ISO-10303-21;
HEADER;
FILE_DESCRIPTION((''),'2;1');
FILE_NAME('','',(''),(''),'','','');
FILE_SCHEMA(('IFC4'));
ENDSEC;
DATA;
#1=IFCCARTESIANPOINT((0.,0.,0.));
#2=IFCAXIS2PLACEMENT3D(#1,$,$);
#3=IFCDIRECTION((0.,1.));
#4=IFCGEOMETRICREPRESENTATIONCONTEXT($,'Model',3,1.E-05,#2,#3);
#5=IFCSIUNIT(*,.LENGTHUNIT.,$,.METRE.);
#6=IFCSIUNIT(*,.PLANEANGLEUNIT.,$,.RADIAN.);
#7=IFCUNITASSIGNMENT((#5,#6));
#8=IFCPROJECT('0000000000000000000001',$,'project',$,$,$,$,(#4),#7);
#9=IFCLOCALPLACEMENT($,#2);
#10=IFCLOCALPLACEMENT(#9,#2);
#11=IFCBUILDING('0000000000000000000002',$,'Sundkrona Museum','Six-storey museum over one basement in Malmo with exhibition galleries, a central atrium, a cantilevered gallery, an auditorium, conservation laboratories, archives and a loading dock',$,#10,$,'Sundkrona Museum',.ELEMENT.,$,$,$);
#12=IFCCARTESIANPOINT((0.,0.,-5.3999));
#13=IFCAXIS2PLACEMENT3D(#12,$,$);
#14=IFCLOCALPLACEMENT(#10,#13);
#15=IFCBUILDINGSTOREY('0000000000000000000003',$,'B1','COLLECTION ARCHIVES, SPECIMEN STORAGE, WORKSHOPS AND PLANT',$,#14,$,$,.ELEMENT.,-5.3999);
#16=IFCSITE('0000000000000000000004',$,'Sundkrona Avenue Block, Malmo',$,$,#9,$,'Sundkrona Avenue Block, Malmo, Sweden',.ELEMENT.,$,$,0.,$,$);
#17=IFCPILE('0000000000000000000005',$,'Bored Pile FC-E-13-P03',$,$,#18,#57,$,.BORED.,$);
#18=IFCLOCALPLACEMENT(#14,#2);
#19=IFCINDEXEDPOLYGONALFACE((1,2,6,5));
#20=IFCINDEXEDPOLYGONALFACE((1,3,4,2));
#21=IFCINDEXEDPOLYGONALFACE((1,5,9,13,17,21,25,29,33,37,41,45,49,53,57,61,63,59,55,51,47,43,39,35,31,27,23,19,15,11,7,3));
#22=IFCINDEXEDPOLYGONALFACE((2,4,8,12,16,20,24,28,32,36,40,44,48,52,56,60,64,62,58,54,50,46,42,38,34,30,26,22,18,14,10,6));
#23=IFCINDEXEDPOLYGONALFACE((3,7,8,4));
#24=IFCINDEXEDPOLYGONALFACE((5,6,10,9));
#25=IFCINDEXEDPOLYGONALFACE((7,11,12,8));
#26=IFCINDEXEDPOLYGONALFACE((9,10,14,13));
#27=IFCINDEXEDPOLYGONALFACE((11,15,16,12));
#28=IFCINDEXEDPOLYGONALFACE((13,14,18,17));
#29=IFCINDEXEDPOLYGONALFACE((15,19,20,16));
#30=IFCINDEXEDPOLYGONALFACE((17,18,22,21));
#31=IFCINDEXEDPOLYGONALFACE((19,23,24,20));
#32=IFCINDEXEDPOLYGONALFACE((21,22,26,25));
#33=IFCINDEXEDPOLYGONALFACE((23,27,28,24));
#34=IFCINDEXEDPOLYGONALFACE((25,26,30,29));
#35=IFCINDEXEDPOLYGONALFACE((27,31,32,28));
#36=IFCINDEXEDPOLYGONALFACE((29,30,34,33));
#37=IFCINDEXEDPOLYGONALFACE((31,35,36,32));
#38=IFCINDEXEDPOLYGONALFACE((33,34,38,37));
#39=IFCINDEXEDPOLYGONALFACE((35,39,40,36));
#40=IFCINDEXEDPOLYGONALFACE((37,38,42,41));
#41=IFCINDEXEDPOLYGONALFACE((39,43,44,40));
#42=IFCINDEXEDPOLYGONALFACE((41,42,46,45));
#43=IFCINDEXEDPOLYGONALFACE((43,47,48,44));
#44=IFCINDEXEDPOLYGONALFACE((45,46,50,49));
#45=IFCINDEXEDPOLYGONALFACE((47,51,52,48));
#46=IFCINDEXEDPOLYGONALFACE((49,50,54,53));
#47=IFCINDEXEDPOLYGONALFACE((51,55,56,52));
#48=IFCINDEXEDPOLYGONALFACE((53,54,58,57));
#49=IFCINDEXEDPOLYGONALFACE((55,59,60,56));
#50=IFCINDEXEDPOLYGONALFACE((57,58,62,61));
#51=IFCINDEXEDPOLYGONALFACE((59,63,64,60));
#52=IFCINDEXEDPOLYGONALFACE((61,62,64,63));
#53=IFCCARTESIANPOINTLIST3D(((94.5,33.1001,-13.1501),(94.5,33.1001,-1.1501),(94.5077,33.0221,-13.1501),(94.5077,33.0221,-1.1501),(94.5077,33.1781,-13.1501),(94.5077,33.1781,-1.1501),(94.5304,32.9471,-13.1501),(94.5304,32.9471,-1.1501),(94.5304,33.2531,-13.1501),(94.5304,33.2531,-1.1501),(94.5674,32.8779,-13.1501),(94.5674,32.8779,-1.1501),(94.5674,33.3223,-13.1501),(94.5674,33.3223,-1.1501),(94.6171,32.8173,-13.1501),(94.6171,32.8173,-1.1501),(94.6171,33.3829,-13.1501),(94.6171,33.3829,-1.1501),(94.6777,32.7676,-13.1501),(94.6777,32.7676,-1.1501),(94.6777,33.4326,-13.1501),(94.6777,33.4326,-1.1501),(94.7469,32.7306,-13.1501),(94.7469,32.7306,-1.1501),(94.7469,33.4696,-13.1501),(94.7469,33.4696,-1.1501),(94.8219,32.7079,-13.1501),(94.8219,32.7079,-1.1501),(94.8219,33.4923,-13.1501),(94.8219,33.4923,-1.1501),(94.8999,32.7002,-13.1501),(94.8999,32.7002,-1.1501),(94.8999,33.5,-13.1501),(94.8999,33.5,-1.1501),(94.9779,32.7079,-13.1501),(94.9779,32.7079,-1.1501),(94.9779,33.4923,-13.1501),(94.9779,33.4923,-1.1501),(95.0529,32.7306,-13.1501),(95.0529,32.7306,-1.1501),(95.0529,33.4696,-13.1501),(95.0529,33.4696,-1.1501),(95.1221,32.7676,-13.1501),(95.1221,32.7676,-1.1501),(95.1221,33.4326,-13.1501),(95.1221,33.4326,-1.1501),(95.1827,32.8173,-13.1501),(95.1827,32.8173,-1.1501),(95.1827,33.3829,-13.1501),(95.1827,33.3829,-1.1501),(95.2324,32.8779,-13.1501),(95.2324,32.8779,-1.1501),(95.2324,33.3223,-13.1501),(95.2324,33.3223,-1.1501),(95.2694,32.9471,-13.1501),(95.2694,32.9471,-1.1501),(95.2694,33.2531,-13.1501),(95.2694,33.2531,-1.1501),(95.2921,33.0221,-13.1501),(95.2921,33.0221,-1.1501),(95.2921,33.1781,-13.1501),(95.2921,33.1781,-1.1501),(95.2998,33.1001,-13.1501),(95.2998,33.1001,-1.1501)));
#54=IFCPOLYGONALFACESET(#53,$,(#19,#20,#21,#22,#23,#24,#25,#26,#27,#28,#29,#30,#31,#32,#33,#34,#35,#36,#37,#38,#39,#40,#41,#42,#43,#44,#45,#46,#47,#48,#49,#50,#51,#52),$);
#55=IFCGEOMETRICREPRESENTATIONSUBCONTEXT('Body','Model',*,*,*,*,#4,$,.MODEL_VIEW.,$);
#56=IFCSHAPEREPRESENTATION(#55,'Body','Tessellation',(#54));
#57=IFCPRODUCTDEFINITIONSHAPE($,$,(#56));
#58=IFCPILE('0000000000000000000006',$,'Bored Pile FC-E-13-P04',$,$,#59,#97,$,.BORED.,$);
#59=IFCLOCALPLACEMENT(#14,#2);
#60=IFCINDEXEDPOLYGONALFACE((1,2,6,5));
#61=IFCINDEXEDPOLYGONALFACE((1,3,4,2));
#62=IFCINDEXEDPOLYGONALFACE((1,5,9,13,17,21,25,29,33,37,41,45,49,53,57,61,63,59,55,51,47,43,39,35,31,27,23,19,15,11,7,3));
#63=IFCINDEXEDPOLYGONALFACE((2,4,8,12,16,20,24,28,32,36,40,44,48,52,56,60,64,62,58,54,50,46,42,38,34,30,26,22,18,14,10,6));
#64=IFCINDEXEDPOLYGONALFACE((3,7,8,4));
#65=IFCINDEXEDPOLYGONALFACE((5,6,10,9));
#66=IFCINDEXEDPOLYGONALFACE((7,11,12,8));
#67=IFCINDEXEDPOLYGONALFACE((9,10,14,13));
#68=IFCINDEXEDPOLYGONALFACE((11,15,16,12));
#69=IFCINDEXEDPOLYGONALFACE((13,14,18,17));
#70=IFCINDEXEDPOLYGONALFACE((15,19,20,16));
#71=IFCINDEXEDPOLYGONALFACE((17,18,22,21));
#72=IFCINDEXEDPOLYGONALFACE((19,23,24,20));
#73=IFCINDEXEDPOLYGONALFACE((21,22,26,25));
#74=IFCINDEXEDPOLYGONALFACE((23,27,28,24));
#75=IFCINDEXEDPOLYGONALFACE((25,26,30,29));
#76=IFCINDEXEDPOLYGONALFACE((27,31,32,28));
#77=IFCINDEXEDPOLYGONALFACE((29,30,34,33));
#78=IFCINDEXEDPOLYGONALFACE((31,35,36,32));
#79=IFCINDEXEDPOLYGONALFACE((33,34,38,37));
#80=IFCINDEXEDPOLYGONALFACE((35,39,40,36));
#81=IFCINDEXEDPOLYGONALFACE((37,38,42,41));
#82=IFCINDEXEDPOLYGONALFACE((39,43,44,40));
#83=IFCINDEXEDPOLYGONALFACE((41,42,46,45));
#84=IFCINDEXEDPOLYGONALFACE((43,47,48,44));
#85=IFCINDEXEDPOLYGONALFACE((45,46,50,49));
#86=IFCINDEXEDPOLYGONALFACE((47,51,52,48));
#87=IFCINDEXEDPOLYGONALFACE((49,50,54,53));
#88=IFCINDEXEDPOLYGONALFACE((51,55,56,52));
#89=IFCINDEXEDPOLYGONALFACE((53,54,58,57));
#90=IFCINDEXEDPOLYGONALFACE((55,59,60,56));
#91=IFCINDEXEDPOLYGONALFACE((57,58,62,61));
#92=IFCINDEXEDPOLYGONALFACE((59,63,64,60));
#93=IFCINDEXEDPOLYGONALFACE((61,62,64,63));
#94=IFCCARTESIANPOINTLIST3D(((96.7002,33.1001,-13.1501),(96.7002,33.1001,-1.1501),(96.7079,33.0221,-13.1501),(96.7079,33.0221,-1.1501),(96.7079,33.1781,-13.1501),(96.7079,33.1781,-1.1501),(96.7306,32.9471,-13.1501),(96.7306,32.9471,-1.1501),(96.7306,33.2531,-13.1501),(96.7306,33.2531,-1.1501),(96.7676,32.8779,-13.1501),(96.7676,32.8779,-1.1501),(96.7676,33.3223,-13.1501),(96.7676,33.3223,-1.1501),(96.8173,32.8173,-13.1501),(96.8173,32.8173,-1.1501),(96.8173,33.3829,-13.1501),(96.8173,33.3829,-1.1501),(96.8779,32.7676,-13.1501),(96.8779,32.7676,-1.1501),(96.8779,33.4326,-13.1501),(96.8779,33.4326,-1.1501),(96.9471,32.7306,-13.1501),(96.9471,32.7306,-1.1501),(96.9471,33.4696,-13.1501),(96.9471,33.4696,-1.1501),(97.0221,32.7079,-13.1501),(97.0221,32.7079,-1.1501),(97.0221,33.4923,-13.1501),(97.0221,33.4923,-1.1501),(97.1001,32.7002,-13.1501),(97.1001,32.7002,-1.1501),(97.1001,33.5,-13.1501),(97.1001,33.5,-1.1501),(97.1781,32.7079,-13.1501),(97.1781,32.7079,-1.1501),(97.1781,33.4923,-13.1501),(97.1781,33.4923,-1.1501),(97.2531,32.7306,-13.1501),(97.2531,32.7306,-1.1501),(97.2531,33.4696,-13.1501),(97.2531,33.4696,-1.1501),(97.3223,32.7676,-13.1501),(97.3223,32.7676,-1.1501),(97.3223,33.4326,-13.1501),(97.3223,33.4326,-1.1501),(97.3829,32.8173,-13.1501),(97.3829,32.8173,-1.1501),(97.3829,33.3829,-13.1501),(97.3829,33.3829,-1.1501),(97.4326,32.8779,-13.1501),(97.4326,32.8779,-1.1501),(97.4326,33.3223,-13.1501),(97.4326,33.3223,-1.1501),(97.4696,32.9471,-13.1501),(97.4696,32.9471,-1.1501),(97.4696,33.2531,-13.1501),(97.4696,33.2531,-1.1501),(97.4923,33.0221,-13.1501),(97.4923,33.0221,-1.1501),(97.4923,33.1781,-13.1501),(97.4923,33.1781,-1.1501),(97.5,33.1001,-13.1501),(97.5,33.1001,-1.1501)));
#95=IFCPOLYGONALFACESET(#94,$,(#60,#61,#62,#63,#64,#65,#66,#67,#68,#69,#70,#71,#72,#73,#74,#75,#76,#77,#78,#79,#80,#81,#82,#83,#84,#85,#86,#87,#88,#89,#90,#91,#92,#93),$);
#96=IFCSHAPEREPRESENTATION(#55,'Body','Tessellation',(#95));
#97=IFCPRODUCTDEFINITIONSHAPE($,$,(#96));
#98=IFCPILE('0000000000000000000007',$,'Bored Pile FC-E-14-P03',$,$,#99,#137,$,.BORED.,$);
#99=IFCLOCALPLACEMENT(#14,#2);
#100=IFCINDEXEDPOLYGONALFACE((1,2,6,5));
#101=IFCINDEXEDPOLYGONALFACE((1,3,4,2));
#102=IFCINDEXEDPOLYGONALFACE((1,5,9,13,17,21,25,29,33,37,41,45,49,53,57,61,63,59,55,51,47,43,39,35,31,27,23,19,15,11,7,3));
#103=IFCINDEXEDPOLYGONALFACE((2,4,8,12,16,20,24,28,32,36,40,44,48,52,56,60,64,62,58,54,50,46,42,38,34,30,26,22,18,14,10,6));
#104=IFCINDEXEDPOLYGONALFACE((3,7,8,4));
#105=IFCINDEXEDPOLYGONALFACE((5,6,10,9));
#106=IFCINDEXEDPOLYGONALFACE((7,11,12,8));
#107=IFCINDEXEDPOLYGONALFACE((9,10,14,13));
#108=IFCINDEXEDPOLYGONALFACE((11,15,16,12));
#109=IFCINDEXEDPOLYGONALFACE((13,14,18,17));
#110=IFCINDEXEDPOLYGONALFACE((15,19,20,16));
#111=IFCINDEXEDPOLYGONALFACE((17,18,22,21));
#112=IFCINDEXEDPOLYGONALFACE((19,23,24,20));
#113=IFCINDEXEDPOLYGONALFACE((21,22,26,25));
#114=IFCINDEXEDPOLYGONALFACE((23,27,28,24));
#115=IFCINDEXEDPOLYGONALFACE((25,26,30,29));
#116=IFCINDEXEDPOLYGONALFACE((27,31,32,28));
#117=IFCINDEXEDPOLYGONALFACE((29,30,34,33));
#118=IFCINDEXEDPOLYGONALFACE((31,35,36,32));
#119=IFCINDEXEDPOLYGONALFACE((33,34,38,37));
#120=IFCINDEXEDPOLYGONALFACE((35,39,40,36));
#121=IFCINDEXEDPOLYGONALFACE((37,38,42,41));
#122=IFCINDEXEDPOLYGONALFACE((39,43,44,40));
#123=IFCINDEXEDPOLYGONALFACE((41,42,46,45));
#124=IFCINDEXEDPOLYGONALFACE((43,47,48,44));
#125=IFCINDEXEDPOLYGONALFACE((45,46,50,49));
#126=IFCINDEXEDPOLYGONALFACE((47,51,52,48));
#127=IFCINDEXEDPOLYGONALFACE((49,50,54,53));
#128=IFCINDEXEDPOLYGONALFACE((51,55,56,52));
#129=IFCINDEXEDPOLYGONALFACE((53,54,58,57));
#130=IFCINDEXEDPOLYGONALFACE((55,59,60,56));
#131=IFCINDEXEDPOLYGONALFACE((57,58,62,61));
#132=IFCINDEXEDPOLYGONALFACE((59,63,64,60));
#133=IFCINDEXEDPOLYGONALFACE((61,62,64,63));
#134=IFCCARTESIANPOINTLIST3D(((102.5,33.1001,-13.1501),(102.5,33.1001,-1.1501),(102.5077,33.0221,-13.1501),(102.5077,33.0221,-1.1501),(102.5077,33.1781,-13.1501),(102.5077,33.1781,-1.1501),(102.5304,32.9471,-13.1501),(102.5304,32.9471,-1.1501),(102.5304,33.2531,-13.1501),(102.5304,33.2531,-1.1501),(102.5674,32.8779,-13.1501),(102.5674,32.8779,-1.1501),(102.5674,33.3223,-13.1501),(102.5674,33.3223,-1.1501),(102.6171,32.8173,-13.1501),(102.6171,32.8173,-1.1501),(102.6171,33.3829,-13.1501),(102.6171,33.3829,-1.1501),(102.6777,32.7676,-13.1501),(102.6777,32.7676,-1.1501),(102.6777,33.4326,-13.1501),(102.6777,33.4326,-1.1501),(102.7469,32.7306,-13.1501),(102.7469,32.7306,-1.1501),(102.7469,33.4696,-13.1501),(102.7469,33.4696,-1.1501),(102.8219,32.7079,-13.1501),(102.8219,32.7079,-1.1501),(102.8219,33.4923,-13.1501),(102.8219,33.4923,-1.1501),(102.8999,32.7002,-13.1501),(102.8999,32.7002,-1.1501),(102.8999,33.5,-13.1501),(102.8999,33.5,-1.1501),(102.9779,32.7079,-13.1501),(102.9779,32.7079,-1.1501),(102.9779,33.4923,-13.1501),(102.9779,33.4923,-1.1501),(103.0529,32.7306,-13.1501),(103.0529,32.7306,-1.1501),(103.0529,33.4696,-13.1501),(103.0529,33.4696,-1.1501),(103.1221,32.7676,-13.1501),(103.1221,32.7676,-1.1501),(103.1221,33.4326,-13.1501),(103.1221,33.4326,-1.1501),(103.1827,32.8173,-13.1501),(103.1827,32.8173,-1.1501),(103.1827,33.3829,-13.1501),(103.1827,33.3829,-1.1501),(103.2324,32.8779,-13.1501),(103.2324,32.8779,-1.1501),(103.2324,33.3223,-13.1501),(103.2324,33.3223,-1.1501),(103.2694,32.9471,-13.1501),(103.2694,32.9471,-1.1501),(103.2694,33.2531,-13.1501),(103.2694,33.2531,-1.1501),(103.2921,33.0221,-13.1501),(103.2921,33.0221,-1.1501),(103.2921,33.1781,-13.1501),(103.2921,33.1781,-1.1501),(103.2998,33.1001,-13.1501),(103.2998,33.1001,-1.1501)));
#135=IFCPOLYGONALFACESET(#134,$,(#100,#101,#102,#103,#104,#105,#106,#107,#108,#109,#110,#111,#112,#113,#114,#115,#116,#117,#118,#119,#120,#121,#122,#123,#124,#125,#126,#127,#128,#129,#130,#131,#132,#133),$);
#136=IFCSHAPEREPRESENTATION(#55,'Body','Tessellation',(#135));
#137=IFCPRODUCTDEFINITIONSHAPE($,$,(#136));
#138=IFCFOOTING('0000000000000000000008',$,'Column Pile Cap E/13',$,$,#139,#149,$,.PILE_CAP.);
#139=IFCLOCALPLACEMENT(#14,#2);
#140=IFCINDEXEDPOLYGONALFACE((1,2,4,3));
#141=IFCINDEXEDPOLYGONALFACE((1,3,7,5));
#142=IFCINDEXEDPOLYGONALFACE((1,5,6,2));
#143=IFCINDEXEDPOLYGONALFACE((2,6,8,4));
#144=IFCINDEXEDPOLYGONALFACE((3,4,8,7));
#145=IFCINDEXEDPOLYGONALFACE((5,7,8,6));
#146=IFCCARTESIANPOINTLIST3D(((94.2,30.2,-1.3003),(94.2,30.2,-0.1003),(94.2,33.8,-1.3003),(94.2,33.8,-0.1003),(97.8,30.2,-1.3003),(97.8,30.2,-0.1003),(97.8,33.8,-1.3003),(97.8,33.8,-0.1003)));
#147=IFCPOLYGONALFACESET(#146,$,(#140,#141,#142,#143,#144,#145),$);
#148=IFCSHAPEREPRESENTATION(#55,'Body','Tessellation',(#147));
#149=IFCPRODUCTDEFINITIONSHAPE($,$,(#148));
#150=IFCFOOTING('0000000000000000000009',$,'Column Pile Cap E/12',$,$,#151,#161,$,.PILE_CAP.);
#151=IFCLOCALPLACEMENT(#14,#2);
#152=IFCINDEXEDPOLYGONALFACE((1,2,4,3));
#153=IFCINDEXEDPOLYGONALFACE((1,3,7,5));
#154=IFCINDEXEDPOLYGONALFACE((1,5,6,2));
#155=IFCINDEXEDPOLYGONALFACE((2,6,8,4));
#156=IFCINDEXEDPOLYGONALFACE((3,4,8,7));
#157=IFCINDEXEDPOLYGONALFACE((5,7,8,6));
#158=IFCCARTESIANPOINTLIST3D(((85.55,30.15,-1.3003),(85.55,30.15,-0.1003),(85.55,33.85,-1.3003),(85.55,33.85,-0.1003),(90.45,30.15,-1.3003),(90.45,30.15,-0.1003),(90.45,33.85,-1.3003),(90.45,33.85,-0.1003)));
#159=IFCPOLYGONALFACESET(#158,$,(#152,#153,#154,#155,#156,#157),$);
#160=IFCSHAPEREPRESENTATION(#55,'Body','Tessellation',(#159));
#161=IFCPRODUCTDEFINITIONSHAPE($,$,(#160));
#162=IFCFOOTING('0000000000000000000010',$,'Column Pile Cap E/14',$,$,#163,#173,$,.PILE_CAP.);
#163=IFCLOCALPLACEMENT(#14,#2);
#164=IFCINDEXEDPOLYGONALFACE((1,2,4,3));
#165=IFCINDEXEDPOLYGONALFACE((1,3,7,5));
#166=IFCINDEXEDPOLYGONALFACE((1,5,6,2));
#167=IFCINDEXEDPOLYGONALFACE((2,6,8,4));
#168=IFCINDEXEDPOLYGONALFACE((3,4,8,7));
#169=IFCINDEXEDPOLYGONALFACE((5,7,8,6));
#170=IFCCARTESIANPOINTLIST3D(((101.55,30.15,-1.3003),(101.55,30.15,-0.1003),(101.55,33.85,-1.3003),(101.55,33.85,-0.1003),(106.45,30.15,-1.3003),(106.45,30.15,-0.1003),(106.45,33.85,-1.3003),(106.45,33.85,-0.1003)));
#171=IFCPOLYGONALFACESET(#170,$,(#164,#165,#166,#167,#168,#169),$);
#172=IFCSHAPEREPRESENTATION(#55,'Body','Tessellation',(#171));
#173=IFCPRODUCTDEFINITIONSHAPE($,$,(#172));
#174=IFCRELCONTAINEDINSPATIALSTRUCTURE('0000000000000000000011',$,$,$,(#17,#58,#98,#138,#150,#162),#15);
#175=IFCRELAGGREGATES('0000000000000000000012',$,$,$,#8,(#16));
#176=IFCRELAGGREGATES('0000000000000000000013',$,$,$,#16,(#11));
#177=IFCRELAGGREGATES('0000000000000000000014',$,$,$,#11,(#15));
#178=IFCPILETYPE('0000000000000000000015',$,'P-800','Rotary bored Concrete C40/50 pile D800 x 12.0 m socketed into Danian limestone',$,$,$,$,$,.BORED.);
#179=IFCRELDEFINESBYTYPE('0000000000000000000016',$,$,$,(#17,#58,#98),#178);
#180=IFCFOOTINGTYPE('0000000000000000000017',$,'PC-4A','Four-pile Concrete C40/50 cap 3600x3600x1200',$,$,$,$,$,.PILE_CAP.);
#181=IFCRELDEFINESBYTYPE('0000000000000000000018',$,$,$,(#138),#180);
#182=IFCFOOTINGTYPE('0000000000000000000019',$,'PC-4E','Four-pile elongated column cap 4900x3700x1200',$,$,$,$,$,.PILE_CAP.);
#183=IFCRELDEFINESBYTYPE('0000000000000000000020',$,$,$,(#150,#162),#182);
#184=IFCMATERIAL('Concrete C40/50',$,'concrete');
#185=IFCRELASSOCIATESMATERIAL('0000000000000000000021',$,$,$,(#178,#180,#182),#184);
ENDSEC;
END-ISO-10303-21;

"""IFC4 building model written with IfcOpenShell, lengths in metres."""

from ifc_helpers import new_model, si_unit, direction, frame, origin, origin_2d, place, context, subcontext, project, spatial, rectangle, circle, extrude, material, material_profile, profile_set, type_object, element, save


model = new_model("IFC4")

# Units and contexts
model_context = context("Model", 3, precision=1e-05, world=origin(), true_north=direction((0.0, 1.0)))
body_context = subcontext(model_context, "Body", "Model", "MODEL_VIEW")
ifc_project = project(units=[si_unit("LENGTHUNIT", "METRE"), si_unit("PLANEANGLEUNIT", "RADIAN")], contexts=[model_context])

# Site, building, storey
site_placement = place(None, origin())
site = spatial("IfcSite", under=ifc_project, at=site_placement, Name="Sundkrona Avenue Block, Malmo", LongName="Sundkrona Avenue Block, Malmo, Sweden", CompositionType="ELEMENT", RefElevation=0.0)
building_placement = place(site_placement, origin())
building = spatial("IfcBuilding", under=site, at=building_placement, Name="Sundkrona Museum", Description="Six-storey museum over one basement in Malmo with exhibition galleries, a central atrium, a cantilevered gallery, an auditorium, conservation laboratories, archives and a loading dock", LongName="Sundkrona Museum", CompositionType="ELEMENT")
storey_placement = place(building_placement, frame((0.0, 0.0, -5.3999)))
storey = spatial("IfcBuildingStorey", under=building, at=storey_placement, Name="B1", Description="COLLECTION ARCHIVES, SPECIMEN STORAGE, WORKSHOPS AND PLANT", CompositionType="ELEMENT", Elevation=-5.3999)

# Shared definitions
ifc_material_1 = material(Name="Concrete C40/50", Category="concrete")

# Piles
ifc_material_profile_1 = material_profile(ifc_material_1, circle(Radius=0.3999, at=origin_2d()), Name="PILE D800")
ifc_profile_set_1 = profile_set([ifc_material_profile_1], Name="Concrete C40/50")
pile_type = type_object("IfcPileType", Name="P-800", Description="Rotary bored Concrete C40/50 pile D800 x 12.0 m socketed into Danian limestone", PredefinedType="BORED", material=ifc_profile_set_1)
for number, where, z_axis, x_axis, name in (
    (1, (94.8999, 33.1001, -1.1501), (0.0, 0.0, -1.0), (1.0, 0.0, 0.0), "Bored Pile FC-E-13-P03"),
    (2, (97.1001, 33.1001, -1.1501), (0.0, 0.0, -1.0), (1.0, 0.0, 0.0), "Bored Pile FC-E-13-P04"),
    (3, (102.8999, 33.1001, -1.1501), (0.0, 0.0, -1.0), (1.0, 0.0, 0.0), "Bored Pile FC-E-14-P03"),
):
    element("IfcPile", number, at=place(storey_placement, frame(where, z_axis=z_axis, x_axis=x_axis)), inside=storey, type_object=pile_type, Name=name, PredefinedType="BORED", context=body_context, shape_type="SweptSolid", body=[
        extrude(circle(Radius=0.3999, at=origin_2d()), origin(), (0.0, 0.0, 1.0), 12.0),
    ])

# Footings
footing_type_1 = type_object("IfcFootingType", Name="PC-4A", Description="Four-pile Concrete C40/50 cap 3600x3600x1200", PredefinedType="PILE_CAP", material=ifc_material_1)
footing_1_placement = place(storey_placement, frame((96.0, 32.0, -1.3003), z_axis=(0.0, 0.0, 1.0), x_axis=(1.0, 0.0, 0.0)))
element("IfcFooting", 4, at=footing_1_placement, inside=storey, type_object=footing_type_1, Name="Column Pile Cap E/13", PredefinedType="PILE_CAP", context=body_context, shape_type="SweptSolid", body=[
    extrude(rectangle(XDim=3.6001, YDim=3.6001, at=origin_2d()), origin(), (0.0, 0.0, 1.0), 1.2),
])
footing_type_2 = type_object("IfcFootingType", Name="PC-4E", Description="Four-pile elongated column cap 4900x3700x1200", PredefinedType="PILE_CAP", material=ifc_material_1)
for number, where, z_axis, x_axis, name in (
    (5, (88.0, 32.0, -1.3003), (0.0, 0.0, 1.0), (1.0, 0.0, 0.0), "Column Pile Cap E/12"),
    (6, (104.0, 32.0, -1.3003), (0.0, 0.0, 1.0), (1.0, 0.0, 0.0), "Column Pile Cap E/14"),
):
    element("IfcFooting", number, at=place(storey_placement, frame(where, z_axis=z_axis, x_axis=x_axis)), inside=storey, type_object=footing_type_2, Name=name, PredefinedType="PILE_CAP", context=body_context, shape_type="SweptSolid", body=[
        extrude(rectangle(XDim=4.8999, YDim=3.7, at=origin_2d()), origin(), (0.0, 0.0, 1.0), 1.2),
    ])

save(model, "model.ifc")
